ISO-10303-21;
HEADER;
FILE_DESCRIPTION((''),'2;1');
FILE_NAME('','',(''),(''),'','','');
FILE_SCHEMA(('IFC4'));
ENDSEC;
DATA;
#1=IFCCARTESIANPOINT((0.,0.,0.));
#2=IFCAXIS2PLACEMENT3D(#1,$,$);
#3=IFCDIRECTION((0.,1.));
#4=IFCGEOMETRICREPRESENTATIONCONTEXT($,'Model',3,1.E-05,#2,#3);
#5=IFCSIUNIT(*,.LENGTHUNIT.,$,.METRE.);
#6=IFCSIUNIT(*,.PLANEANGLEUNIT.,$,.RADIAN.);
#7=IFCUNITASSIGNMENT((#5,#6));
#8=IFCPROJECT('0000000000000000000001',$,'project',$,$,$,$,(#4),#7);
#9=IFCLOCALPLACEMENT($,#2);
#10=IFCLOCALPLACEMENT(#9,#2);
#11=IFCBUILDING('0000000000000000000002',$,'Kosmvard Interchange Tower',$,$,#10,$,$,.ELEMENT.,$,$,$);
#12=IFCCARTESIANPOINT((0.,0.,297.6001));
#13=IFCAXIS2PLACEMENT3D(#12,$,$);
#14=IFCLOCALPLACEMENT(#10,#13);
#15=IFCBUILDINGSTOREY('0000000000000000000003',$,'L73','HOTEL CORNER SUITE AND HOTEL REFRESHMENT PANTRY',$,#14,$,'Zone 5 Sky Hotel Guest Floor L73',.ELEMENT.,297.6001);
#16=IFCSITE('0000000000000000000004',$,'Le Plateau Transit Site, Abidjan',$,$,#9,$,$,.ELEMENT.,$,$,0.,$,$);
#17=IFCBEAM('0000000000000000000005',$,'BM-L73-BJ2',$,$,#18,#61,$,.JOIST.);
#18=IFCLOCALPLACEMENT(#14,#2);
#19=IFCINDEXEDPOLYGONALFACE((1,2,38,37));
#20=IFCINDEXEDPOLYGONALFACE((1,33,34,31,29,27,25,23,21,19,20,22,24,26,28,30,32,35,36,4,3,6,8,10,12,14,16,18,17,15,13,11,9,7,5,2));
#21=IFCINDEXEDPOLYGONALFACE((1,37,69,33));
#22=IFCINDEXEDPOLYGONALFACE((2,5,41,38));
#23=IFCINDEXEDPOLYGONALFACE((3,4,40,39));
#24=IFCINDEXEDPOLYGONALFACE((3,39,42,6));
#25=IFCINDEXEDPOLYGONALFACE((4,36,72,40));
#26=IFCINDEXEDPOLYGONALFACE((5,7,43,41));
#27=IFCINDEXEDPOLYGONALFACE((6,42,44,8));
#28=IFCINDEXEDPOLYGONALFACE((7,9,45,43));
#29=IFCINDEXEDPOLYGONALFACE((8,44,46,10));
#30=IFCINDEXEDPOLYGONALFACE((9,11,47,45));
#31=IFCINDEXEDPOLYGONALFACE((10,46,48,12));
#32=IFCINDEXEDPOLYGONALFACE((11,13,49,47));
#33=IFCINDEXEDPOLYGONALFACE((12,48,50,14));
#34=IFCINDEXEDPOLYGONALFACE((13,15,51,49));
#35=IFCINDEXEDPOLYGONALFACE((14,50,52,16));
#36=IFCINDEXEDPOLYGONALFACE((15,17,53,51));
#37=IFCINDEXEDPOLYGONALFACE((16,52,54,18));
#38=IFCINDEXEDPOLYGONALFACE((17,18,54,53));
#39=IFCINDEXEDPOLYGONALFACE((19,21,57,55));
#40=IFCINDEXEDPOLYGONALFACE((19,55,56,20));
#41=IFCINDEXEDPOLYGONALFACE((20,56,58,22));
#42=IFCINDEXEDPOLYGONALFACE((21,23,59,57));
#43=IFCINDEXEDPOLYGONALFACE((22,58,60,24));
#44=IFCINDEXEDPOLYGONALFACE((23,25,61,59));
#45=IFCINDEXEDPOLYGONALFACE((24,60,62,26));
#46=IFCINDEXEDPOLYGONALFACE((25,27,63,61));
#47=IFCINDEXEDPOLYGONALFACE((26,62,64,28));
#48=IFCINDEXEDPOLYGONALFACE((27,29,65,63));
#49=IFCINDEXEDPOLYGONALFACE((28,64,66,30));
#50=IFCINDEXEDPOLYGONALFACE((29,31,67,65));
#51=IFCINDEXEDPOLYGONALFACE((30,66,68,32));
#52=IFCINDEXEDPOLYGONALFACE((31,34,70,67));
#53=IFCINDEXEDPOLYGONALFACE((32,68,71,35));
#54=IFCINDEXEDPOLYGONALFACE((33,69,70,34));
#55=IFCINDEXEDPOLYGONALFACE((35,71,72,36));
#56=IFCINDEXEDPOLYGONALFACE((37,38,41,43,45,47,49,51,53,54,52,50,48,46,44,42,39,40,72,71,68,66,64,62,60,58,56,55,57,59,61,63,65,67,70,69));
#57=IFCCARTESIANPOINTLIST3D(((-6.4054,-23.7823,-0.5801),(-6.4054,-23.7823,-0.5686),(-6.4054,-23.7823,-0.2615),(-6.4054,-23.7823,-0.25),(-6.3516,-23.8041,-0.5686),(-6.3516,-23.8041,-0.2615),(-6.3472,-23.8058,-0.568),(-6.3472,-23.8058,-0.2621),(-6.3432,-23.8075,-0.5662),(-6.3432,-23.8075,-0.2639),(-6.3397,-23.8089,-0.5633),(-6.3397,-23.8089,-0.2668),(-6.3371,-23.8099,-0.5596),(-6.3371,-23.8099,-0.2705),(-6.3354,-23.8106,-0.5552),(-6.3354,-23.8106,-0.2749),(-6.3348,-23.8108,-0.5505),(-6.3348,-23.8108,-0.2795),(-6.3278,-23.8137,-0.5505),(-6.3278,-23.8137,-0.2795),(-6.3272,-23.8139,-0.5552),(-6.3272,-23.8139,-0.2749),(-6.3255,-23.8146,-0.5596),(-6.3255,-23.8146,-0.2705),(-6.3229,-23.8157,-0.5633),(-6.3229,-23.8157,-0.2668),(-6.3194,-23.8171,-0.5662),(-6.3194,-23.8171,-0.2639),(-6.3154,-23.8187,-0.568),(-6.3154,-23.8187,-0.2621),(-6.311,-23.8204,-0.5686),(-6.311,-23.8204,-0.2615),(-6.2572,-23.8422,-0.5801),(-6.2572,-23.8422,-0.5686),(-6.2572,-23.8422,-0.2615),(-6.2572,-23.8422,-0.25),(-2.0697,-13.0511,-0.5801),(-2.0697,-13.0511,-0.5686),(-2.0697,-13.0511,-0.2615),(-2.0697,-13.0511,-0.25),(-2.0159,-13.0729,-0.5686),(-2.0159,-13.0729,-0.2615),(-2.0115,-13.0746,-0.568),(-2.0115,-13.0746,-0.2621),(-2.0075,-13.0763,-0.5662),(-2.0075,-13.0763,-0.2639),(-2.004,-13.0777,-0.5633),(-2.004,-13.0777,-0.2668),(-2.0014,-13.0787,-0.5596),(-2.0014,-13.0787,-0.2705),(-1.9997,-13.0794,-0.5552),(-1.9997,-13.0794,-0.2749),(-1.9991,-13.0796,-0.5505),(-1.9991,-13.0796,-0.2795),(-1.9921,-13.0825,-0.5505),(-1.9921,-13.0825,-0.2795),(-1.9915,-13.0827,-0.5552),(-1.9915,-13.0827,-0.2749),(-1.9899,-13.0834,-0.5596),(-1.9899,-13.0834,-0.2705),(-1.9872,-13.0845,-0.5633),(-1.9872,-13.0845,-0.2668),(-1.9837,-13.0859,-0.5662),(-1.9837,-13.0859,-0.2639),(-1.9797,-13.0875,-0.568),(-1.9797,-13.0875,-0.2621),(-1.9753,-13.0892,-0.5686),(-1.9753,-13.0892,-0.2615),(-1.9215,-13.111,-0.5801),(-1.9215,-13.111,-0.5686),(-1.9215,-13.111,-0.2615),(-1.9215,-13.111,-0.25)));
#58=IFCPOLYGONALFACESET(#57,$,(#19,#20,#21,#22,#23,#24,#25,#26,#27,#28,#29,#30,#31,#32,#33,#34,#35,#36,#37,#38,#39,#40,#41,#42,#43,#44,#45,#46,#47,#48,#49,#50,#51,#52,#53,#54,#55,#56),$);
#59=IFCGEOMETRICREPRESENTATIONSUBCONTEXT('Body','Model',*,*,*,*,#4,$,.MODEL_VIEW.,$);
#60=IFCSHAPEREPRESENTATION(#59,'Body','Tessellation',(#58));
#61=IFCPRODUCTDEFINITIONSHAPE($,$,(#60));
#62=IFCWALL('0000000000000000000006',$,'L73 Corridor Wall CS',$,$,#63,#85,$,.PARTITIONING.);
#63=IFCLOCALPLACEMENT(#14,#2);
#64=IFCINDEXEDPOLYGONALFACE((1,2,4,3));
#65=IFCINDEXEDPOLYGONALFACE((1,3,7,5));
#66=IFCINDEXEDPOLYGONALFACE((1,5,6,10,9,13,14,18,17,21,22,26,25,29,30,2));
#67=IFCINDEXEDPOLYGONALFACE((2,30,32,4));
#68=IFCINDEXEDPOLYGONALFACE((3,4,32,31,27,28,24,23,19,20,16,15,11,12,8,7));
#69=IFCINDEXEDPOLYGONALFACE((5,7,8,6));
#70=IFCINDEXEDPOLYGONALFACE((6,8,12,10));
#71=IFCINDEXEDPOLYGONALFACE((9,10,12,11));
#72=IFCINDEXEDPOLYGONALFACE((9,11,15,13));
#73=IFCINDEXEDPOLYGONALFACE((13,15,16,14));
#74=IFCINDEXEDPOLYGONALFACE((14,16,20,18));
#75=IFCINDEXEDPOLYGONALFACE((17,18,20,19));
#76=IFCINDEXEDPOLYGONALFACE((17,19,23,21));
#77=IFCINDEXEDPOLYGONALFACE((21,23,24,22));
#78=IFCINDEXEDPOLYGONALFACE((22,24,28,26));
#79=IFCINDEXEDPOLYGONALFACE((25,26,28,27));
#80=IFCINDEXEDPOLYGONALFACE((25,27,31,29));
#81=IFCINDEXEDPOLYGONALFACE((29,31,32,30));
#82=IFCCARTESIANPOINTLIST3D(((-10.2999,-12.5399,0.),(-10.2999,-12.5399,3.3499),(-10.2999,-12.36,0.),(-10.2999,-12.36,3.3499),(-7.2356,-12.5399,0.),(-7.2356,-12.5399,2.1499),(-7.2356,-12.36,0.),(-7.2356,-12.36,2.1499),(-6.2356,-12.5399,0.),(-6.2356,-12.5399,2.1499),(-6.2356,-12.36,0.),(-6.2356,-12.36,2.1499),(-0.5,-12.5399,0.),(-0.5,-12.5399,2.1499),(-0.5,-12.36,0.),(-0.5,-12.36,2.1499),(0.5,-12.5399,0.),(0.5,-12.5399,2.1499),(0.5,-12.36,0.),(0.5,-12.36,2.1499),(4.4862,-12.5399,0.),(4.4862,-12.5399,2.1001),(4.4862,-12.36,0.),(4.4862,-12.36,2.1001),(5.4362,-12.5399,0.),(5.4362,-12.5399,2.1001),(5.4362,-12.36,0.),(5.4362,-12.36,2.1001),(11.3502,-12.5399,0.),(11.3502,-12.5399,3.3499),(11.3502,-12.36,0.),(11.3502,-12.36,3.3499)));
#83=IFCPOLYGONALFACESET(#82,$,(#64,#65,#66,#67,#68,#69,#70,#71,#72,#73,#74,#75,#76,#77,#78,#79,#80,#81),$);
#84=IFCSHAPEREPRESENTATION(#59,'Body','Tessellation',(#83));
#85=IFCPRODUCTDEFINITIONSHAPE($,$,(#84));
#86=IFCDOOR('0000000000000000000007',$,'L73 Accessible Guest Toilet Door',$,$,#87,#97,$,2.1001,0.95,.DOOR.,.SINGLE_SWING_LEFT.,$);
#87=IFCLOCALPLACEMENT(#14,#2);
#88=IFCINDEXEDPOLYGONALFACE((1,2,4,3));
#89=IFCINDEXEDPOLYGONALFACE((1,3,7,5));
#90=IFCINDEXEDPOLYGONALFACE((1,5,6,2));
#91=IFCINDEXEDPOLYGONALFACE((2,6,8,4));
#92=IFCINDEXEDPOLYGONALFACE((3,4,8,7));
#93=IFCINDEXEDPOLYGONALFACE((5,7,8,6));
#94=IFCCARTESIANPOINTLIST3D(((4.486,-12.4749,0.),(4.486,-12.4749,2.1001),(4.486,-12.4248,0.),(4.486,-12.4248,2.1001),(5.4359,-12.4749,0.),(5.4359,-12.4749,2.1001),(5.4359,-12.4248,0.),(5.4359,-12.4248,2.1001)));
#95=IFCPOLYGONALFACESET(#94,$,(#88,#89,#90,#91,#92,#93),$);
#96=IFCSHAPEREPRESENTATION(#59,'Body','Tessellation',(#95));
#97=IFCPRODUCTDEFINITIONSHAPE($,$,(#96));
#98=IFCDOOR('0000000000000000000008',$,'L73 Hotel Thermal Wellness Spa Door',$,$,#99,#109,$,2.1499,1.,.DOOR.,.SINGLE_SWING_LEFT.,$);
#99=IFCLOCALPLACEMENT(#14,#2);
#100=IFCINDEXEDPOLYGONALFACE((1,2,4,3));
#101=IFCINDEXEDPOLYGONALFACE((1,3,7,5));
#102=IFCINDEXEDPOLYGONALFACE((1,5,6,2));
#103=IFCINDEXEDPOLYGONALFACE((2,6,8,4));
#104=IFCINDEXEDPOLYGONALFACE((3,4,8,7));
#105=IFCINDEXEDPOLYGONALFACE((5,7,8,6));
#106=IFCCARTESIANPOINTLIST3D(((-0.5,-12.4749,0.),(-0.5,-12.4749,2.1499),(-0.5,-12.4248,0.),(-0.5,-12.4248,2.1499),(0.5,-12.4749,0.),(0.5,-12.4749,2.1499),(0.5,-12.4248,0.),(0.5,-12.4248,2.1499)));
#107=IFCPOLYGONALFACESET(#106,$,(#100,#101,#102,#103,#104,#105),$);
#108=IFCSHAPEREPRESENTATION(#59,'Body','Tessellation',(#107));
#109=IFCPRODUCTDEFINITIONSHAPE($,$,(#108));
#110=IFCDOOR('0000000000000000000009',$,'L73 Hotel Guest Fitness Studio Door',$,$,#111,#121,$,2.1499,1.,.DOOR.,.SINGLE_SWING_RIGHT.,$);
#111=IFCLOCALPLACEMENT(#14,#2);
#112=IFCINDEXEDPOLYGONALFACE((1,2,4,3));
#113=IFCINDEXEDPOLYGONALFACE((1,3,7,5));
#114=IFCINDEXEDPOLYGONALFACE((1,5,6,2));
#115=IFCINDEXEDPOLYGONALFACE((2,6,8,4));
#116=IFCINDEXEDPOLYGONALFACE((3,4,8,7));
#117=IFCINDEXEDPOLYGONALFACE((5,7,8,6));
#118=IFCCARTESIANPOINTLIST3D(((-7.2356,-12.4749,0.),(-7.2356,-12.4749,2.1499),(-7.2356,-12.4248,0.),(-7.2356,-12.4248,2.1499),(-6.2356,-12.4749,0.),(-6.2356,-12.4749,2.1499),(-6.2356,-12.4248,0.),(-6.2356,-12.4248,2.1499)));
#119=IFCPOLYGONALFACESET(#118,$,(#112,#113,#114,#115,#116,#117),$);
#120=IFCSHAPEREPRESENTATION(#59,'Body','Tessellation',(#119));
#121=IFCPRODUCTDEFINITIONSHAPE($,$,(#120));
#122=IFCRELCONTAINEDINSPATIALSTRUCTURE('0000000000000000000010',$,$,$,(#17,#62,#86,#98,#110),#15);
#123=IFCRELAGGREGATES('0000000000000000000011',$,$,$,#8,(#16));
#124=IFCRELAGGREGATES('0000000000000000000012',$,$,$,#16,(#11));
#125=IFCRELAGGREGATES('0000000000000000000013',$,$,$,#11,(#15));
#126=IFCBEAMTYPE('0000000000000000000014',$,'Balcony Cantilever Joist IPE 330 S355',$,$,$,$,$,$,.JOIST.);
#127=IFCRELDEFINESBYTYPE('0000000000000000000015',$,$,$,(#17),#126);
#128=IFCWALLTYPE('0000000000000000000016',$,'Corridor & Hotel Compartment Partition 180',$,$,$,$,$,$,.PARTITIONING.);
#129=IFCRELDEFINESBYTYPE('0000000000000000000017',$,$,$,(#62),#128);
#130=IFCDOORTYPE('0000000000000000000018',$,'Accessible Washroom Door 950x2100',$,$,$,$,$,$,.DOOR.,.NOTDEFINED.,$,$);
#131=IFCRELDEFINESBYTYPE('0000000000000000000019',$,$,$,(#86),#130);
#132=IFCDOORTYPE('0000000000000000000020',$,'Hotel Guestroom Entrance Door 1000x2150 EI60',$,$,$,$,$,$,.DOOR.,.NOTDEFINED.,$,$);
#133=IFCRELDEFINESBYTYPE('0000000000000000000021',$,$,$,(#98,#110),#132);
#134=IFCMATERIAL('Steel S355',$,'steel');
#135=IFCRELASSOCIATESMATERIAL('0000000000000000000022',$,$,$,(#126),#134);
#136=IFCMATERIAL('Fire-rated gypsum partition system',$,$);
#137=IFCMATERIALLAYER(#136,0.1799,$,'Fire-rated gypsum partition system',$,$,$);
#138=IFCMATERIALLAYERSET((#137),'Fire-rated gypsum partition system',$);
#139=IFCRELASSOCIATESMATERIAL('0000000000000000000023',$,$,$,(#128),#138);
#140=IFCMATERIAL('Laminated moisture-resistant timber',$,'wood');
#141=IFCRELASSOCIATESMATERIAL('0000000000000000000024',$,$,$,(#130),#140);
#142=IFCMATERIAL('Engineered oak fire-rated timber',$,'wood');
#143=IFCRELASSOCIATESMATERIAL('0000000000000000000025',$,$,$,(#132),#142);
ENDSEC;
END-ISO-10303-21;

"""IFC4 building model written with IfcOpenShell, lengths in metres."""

from ifc_helpers import new_model, si_unit, direction, frame, frame_2d, origin, origin_2d, place, context, subcontext, project, spatial, rectangle, i_section, extrude, source, transform, mapped, material, layer, layer_set, material_profile, profile_set, type_object, element, fill, save


model = new_model("IFC4")

# Units and contexts
model_context = context("Model", 3, precision=1e-05, world=origin(), true_north=direction((0.0, 1.0)))
body_context = subcontext(model_context, "Body", "Model", "MODEL_VIEW")
ifc_project = project(units=[si_unit("LENGTHUNIT", "METRE"), si_unit("PLANEANGLEUNIT", "RADIAN")], contexts=[model_context])

# Site, building, storey
site_placement = place(None, origin())
site = spatial("IfcSite", under=ifc_project, at=site_placement, Name="Le Plateau Transit Site, Abidjan", CompositionType="ELEMENT", RefElevation=0.0)
building_placement = place(site_placement, origin())
building = spatial("IfcBuilding", under=site, at=building_placement, Name="Kosmvard Interchange Tower", CompositionType="ELEMENT")
storey_placement = place(building_placement, frame((0.0, 0.0, 297.6001)))
storey = spatial("IfcBuildingStorey", under=building, at=storey_placement, Name="L73", Description="HOTEL CORNER SUITE AND HOTEL REFRESHMENT PANTRY", LongName="Zone 5 Sky Hotel Guest Floor L73", CompositionType="ELEMENT", Elevation=297.6001)

# Beam
ifc_material_1 = material(Name="Steel S355", Category="steel")
ifc_material_profile_1 = material_profile(ifc_material_1, i_section(OverallWidth=0.1599, OverallDepth=0.3301, WebThickness=0.0076, FlangeThickness=0.0115, FilletRadius=0.0181, at=origin_2d()), Name="IPE 330")
ifc_profile_set_1 = profile_set([ifc_material_profile_1], Name="Steel S355")
beam_type_1 = type_object("IfcBeamType", Name="Balcony Cantilever Joist IPE 330 S355", PredefinedType="JOIST", material=ifc_profile_set_1)
shared_shape_1 = source(origin(), body_context, "Body", "SweptSolid", [
    extrude(i_section(OverallWidth=0.1599, OverallDepth=0.3301, WebThickness=0.0076, FlangeThickness=0.0115, FilletRadius=0.0181, at=origin_2d()), origin(), (0.0, 0.0, 1.0), 11.574),
])
beam_1_placement = place(storey_placement, frame((-1.9956, -13.0811, -0.415), z_axis=(-0.374607, -0.927184, 0.0), x_axis=(0.927184, -0.374607, 0.0)))
element("IfcBeam", 1, at=beam_1_placement, inside=storey, type_object=beam_type_1, Name="BM-L73-BJ2", PredefinedType="JOIST", context=body_context, shape_type="MappedRepresentation", body=[
    mapped(shared_shape_1, transform((0.0, 0.0, 0.0), scale=1.0)),
])

# Wall, openings, doors
ifc_material_2 = material(Name="Fire-rated gypsum partition system")
ifc_layer_1 = layer(ifc_material_2, 0.1799, Name="Fire-rated gypsum partition system")
ifc_layer_set_1 = layer_set([ifc_layer_1], Name="Fire-rated gypsum partition system")
wall_type_1 = type_object("IfcWallType", Name="Corridor & Hotel Compartment Partition 180", PredefinedType="PARTITIONING", material=ifc_layer_set_1)
wall_1_placement = place(storey_placement, frame((-10.3, -12.45, 0.0), z_axis=(0.0, 0.0, 1.0), x_axis=(1.0, 0.0, 0.0)))
wall_1 = element("IfcWall", 2, at=wall_1_placement, inside=storey, type_object=wall_type_1, Name="L73 Corridor Wall CS", PredefinedType="PARTITIONING", context=body_context, shape_type="SweptSolid", body=[
    extrude(rectangle(XDim=21.6501, YDim=0.1799, at=frame_2d((10.8252, 0.0))), origin(), (0.0, 0.0, 1.0), 3.3499),
])
opening_1_placement = place(wall_1_placement, frame((14.7861, 0.0, 0.0)))
opening_1 = element("IfcOpeningElement", 3, at=opening_1_placement, cuts=wall_1, PredefinedType="OPENING", context=body_context, shape_type="SweptSolid", body=[
    extrude(rectangle(XDim=0.95, YDim=2.1001, at=frame_2d((0.4751, 1.05))), frame((0.0, 0.1001, 0.0), z_axis=(0.0, -1.0, 0.0), x_axis=(1.0, 0.0, 0.0)), (0.0, 0.0, 1.0), 0.2),
])
opening_2_placement = place(wall_1_placement, frame((9.8, 0.0, 0.0)))
opening_2 = element("IfcOpeningElement", 4, at=opening_2_placement, cuts=wall_1, PredefinedType="OPENING", context=body_context, shape_type="SweptSolid", body=[
    extrude(rectangle(XDim=1.0, YDim=2.1499, at=frame_2d((0.5, 1.075))), frame((0.0, 0.1001, 0.0), z_axis=(0.0, -1.0, 0.0), x_axis=(1.0, 0.0, 0.0)), (0.0, 0.0, 1.0), 0.2),
])
opening_3_placement = place(wall_1_placement, frame((3.0645, 0.0, 0.0)))
opening_3 = element("IfcOpeningElement", 5, at=opening_3_placement, cuts=wall_1, PredefinedType="OPENING", context=body_context, shape_type="SweptSolid", body=[
    extrude(rectangle(XDim=1.0, YDim=2.1499, at=frame_2d((0.5, 1.075))), frame((0.0, 0.1001, 0.0), z_axis=(0.0, -1.0, 0.0), x_axis=(1.0, 0.0, 0.0)), (0.0, 0.0, 1.0), 0.2),
])
ifc_material_3 = material(Name="Laminated moisture-resistant timber", Category="wood")
door_type_1 = type_object("IfcDoorType", Name="Accessible Washroom Door 950x2100", OperationType="NOTDEFINED", PredefinedType="DOOR", material=ifc_material_3)
shared_shape_2 = source(origin(), body_context, "Body", "SweptSolid", [
    extrude(rectangle(XDim=0.95, YDim=2.1001, at=frame_2d((0.4751, 1.05))), frame((0.0, 0.0249, 0.0), z_axis=(0.0, -1.0, 0.0), x_axis=(1.0, 0.0, 0.0)), (0.0, 0.0, 1.0), 0.05),
])
door_1_placement = place(opening_1_placement, frame((0.95, 0.0, 0.0), z_axis=(0.0, 0.0, 1.0), x_axis=(-1.0, 0.0, 0.0)))
door_1 = element("IfcDoor", 6, at=door_1_placement, inside=storey, type_object=door_type_1, Name="L73 Accessible Guest Toilet Door", OperationType="SINGLE_SWING_LEFT", OverallHeight=2.1001, OverallWidth=0.95, PredefinedType="DOOR", context=body_context, shape_type="MappedRepresentation", body=[
    mapped(shared_shape_2, transform((0.0, 0.0, 0.0), scale=1.0)),
])
fill(opening_1, door_1)
ifc_material_4 = material(Name="Engineered oak fire-rated timber", Category="wood")
door_type_2 = type_object("IfcDoorType", Name="Hotel Guestroom Entrance Door 1000x2150 EI60", OperationType="NOTDEFINED", PredefinedType="DOOR", material=ifc_material_4)
shared_shape_3 = source(origin(), body_context, "Body", "SweptSolid", [
    extrude(rectangle(XDim=1.0, YDim=2.1499, at=frame_2d((0.5, 1.075))), frame((0.0, 0.0249, 0.0), z_axis=(0.0, -1.0, 0.0), x_axis=(1.0, 0.0, 0.0)), (0.0, 0.0, 1.0), 0.05),
])
door_2_placement = place(opening_2_placement, frame((1.0, 0.0, 0.0), z_axis=(0.0, 0.0, 1.0), x_axis=(-1.0, 0.0, 0.0)))
door_2 = element("IfcDoor", 7, at=door_2_placement, inside=storey, type_object=door_type_2, Name="L73 Hotel Thermal Wellness Spa Door", OperationType="SINGLE_SWING_LEFT", OverallHeight=2.1499, OverallWidth=1.0, PredefinedType="DOOR", context=body_context, shape_type="MappedRepresentation", body=[
    mapped(shared_shape_3, transform((0.0, 0.0, 0.0), scale=1.0)),
])
fill(opening_2, door_2)
door_3_placement = place(opening_3_placement, frame((1.0, 0.0, 0.0), z_axis=(0.0, 0.0, 1.0), x_axis=(-1.0, 0.0, 0.0)))
door_3 = element("IfcDoor", 8, at=door_3_placement, inside=storey, type_object=door_type_2, Name="L73 Hotel Guest Fitness Studio Door", OperationType="SINGLE_SWING_RIGHT", OverallHeight=2.1499, OverallWidth=1.0, PredefinedType="DOOR", context=body_context, shape_type="MappedRepresentation", body=[
    mapped(shared_shape_3, transform((0.0, 0.0, 0.0), scale=1.0)),
])
fill(opening_3, door_3)

save(model, "model.ifc")
